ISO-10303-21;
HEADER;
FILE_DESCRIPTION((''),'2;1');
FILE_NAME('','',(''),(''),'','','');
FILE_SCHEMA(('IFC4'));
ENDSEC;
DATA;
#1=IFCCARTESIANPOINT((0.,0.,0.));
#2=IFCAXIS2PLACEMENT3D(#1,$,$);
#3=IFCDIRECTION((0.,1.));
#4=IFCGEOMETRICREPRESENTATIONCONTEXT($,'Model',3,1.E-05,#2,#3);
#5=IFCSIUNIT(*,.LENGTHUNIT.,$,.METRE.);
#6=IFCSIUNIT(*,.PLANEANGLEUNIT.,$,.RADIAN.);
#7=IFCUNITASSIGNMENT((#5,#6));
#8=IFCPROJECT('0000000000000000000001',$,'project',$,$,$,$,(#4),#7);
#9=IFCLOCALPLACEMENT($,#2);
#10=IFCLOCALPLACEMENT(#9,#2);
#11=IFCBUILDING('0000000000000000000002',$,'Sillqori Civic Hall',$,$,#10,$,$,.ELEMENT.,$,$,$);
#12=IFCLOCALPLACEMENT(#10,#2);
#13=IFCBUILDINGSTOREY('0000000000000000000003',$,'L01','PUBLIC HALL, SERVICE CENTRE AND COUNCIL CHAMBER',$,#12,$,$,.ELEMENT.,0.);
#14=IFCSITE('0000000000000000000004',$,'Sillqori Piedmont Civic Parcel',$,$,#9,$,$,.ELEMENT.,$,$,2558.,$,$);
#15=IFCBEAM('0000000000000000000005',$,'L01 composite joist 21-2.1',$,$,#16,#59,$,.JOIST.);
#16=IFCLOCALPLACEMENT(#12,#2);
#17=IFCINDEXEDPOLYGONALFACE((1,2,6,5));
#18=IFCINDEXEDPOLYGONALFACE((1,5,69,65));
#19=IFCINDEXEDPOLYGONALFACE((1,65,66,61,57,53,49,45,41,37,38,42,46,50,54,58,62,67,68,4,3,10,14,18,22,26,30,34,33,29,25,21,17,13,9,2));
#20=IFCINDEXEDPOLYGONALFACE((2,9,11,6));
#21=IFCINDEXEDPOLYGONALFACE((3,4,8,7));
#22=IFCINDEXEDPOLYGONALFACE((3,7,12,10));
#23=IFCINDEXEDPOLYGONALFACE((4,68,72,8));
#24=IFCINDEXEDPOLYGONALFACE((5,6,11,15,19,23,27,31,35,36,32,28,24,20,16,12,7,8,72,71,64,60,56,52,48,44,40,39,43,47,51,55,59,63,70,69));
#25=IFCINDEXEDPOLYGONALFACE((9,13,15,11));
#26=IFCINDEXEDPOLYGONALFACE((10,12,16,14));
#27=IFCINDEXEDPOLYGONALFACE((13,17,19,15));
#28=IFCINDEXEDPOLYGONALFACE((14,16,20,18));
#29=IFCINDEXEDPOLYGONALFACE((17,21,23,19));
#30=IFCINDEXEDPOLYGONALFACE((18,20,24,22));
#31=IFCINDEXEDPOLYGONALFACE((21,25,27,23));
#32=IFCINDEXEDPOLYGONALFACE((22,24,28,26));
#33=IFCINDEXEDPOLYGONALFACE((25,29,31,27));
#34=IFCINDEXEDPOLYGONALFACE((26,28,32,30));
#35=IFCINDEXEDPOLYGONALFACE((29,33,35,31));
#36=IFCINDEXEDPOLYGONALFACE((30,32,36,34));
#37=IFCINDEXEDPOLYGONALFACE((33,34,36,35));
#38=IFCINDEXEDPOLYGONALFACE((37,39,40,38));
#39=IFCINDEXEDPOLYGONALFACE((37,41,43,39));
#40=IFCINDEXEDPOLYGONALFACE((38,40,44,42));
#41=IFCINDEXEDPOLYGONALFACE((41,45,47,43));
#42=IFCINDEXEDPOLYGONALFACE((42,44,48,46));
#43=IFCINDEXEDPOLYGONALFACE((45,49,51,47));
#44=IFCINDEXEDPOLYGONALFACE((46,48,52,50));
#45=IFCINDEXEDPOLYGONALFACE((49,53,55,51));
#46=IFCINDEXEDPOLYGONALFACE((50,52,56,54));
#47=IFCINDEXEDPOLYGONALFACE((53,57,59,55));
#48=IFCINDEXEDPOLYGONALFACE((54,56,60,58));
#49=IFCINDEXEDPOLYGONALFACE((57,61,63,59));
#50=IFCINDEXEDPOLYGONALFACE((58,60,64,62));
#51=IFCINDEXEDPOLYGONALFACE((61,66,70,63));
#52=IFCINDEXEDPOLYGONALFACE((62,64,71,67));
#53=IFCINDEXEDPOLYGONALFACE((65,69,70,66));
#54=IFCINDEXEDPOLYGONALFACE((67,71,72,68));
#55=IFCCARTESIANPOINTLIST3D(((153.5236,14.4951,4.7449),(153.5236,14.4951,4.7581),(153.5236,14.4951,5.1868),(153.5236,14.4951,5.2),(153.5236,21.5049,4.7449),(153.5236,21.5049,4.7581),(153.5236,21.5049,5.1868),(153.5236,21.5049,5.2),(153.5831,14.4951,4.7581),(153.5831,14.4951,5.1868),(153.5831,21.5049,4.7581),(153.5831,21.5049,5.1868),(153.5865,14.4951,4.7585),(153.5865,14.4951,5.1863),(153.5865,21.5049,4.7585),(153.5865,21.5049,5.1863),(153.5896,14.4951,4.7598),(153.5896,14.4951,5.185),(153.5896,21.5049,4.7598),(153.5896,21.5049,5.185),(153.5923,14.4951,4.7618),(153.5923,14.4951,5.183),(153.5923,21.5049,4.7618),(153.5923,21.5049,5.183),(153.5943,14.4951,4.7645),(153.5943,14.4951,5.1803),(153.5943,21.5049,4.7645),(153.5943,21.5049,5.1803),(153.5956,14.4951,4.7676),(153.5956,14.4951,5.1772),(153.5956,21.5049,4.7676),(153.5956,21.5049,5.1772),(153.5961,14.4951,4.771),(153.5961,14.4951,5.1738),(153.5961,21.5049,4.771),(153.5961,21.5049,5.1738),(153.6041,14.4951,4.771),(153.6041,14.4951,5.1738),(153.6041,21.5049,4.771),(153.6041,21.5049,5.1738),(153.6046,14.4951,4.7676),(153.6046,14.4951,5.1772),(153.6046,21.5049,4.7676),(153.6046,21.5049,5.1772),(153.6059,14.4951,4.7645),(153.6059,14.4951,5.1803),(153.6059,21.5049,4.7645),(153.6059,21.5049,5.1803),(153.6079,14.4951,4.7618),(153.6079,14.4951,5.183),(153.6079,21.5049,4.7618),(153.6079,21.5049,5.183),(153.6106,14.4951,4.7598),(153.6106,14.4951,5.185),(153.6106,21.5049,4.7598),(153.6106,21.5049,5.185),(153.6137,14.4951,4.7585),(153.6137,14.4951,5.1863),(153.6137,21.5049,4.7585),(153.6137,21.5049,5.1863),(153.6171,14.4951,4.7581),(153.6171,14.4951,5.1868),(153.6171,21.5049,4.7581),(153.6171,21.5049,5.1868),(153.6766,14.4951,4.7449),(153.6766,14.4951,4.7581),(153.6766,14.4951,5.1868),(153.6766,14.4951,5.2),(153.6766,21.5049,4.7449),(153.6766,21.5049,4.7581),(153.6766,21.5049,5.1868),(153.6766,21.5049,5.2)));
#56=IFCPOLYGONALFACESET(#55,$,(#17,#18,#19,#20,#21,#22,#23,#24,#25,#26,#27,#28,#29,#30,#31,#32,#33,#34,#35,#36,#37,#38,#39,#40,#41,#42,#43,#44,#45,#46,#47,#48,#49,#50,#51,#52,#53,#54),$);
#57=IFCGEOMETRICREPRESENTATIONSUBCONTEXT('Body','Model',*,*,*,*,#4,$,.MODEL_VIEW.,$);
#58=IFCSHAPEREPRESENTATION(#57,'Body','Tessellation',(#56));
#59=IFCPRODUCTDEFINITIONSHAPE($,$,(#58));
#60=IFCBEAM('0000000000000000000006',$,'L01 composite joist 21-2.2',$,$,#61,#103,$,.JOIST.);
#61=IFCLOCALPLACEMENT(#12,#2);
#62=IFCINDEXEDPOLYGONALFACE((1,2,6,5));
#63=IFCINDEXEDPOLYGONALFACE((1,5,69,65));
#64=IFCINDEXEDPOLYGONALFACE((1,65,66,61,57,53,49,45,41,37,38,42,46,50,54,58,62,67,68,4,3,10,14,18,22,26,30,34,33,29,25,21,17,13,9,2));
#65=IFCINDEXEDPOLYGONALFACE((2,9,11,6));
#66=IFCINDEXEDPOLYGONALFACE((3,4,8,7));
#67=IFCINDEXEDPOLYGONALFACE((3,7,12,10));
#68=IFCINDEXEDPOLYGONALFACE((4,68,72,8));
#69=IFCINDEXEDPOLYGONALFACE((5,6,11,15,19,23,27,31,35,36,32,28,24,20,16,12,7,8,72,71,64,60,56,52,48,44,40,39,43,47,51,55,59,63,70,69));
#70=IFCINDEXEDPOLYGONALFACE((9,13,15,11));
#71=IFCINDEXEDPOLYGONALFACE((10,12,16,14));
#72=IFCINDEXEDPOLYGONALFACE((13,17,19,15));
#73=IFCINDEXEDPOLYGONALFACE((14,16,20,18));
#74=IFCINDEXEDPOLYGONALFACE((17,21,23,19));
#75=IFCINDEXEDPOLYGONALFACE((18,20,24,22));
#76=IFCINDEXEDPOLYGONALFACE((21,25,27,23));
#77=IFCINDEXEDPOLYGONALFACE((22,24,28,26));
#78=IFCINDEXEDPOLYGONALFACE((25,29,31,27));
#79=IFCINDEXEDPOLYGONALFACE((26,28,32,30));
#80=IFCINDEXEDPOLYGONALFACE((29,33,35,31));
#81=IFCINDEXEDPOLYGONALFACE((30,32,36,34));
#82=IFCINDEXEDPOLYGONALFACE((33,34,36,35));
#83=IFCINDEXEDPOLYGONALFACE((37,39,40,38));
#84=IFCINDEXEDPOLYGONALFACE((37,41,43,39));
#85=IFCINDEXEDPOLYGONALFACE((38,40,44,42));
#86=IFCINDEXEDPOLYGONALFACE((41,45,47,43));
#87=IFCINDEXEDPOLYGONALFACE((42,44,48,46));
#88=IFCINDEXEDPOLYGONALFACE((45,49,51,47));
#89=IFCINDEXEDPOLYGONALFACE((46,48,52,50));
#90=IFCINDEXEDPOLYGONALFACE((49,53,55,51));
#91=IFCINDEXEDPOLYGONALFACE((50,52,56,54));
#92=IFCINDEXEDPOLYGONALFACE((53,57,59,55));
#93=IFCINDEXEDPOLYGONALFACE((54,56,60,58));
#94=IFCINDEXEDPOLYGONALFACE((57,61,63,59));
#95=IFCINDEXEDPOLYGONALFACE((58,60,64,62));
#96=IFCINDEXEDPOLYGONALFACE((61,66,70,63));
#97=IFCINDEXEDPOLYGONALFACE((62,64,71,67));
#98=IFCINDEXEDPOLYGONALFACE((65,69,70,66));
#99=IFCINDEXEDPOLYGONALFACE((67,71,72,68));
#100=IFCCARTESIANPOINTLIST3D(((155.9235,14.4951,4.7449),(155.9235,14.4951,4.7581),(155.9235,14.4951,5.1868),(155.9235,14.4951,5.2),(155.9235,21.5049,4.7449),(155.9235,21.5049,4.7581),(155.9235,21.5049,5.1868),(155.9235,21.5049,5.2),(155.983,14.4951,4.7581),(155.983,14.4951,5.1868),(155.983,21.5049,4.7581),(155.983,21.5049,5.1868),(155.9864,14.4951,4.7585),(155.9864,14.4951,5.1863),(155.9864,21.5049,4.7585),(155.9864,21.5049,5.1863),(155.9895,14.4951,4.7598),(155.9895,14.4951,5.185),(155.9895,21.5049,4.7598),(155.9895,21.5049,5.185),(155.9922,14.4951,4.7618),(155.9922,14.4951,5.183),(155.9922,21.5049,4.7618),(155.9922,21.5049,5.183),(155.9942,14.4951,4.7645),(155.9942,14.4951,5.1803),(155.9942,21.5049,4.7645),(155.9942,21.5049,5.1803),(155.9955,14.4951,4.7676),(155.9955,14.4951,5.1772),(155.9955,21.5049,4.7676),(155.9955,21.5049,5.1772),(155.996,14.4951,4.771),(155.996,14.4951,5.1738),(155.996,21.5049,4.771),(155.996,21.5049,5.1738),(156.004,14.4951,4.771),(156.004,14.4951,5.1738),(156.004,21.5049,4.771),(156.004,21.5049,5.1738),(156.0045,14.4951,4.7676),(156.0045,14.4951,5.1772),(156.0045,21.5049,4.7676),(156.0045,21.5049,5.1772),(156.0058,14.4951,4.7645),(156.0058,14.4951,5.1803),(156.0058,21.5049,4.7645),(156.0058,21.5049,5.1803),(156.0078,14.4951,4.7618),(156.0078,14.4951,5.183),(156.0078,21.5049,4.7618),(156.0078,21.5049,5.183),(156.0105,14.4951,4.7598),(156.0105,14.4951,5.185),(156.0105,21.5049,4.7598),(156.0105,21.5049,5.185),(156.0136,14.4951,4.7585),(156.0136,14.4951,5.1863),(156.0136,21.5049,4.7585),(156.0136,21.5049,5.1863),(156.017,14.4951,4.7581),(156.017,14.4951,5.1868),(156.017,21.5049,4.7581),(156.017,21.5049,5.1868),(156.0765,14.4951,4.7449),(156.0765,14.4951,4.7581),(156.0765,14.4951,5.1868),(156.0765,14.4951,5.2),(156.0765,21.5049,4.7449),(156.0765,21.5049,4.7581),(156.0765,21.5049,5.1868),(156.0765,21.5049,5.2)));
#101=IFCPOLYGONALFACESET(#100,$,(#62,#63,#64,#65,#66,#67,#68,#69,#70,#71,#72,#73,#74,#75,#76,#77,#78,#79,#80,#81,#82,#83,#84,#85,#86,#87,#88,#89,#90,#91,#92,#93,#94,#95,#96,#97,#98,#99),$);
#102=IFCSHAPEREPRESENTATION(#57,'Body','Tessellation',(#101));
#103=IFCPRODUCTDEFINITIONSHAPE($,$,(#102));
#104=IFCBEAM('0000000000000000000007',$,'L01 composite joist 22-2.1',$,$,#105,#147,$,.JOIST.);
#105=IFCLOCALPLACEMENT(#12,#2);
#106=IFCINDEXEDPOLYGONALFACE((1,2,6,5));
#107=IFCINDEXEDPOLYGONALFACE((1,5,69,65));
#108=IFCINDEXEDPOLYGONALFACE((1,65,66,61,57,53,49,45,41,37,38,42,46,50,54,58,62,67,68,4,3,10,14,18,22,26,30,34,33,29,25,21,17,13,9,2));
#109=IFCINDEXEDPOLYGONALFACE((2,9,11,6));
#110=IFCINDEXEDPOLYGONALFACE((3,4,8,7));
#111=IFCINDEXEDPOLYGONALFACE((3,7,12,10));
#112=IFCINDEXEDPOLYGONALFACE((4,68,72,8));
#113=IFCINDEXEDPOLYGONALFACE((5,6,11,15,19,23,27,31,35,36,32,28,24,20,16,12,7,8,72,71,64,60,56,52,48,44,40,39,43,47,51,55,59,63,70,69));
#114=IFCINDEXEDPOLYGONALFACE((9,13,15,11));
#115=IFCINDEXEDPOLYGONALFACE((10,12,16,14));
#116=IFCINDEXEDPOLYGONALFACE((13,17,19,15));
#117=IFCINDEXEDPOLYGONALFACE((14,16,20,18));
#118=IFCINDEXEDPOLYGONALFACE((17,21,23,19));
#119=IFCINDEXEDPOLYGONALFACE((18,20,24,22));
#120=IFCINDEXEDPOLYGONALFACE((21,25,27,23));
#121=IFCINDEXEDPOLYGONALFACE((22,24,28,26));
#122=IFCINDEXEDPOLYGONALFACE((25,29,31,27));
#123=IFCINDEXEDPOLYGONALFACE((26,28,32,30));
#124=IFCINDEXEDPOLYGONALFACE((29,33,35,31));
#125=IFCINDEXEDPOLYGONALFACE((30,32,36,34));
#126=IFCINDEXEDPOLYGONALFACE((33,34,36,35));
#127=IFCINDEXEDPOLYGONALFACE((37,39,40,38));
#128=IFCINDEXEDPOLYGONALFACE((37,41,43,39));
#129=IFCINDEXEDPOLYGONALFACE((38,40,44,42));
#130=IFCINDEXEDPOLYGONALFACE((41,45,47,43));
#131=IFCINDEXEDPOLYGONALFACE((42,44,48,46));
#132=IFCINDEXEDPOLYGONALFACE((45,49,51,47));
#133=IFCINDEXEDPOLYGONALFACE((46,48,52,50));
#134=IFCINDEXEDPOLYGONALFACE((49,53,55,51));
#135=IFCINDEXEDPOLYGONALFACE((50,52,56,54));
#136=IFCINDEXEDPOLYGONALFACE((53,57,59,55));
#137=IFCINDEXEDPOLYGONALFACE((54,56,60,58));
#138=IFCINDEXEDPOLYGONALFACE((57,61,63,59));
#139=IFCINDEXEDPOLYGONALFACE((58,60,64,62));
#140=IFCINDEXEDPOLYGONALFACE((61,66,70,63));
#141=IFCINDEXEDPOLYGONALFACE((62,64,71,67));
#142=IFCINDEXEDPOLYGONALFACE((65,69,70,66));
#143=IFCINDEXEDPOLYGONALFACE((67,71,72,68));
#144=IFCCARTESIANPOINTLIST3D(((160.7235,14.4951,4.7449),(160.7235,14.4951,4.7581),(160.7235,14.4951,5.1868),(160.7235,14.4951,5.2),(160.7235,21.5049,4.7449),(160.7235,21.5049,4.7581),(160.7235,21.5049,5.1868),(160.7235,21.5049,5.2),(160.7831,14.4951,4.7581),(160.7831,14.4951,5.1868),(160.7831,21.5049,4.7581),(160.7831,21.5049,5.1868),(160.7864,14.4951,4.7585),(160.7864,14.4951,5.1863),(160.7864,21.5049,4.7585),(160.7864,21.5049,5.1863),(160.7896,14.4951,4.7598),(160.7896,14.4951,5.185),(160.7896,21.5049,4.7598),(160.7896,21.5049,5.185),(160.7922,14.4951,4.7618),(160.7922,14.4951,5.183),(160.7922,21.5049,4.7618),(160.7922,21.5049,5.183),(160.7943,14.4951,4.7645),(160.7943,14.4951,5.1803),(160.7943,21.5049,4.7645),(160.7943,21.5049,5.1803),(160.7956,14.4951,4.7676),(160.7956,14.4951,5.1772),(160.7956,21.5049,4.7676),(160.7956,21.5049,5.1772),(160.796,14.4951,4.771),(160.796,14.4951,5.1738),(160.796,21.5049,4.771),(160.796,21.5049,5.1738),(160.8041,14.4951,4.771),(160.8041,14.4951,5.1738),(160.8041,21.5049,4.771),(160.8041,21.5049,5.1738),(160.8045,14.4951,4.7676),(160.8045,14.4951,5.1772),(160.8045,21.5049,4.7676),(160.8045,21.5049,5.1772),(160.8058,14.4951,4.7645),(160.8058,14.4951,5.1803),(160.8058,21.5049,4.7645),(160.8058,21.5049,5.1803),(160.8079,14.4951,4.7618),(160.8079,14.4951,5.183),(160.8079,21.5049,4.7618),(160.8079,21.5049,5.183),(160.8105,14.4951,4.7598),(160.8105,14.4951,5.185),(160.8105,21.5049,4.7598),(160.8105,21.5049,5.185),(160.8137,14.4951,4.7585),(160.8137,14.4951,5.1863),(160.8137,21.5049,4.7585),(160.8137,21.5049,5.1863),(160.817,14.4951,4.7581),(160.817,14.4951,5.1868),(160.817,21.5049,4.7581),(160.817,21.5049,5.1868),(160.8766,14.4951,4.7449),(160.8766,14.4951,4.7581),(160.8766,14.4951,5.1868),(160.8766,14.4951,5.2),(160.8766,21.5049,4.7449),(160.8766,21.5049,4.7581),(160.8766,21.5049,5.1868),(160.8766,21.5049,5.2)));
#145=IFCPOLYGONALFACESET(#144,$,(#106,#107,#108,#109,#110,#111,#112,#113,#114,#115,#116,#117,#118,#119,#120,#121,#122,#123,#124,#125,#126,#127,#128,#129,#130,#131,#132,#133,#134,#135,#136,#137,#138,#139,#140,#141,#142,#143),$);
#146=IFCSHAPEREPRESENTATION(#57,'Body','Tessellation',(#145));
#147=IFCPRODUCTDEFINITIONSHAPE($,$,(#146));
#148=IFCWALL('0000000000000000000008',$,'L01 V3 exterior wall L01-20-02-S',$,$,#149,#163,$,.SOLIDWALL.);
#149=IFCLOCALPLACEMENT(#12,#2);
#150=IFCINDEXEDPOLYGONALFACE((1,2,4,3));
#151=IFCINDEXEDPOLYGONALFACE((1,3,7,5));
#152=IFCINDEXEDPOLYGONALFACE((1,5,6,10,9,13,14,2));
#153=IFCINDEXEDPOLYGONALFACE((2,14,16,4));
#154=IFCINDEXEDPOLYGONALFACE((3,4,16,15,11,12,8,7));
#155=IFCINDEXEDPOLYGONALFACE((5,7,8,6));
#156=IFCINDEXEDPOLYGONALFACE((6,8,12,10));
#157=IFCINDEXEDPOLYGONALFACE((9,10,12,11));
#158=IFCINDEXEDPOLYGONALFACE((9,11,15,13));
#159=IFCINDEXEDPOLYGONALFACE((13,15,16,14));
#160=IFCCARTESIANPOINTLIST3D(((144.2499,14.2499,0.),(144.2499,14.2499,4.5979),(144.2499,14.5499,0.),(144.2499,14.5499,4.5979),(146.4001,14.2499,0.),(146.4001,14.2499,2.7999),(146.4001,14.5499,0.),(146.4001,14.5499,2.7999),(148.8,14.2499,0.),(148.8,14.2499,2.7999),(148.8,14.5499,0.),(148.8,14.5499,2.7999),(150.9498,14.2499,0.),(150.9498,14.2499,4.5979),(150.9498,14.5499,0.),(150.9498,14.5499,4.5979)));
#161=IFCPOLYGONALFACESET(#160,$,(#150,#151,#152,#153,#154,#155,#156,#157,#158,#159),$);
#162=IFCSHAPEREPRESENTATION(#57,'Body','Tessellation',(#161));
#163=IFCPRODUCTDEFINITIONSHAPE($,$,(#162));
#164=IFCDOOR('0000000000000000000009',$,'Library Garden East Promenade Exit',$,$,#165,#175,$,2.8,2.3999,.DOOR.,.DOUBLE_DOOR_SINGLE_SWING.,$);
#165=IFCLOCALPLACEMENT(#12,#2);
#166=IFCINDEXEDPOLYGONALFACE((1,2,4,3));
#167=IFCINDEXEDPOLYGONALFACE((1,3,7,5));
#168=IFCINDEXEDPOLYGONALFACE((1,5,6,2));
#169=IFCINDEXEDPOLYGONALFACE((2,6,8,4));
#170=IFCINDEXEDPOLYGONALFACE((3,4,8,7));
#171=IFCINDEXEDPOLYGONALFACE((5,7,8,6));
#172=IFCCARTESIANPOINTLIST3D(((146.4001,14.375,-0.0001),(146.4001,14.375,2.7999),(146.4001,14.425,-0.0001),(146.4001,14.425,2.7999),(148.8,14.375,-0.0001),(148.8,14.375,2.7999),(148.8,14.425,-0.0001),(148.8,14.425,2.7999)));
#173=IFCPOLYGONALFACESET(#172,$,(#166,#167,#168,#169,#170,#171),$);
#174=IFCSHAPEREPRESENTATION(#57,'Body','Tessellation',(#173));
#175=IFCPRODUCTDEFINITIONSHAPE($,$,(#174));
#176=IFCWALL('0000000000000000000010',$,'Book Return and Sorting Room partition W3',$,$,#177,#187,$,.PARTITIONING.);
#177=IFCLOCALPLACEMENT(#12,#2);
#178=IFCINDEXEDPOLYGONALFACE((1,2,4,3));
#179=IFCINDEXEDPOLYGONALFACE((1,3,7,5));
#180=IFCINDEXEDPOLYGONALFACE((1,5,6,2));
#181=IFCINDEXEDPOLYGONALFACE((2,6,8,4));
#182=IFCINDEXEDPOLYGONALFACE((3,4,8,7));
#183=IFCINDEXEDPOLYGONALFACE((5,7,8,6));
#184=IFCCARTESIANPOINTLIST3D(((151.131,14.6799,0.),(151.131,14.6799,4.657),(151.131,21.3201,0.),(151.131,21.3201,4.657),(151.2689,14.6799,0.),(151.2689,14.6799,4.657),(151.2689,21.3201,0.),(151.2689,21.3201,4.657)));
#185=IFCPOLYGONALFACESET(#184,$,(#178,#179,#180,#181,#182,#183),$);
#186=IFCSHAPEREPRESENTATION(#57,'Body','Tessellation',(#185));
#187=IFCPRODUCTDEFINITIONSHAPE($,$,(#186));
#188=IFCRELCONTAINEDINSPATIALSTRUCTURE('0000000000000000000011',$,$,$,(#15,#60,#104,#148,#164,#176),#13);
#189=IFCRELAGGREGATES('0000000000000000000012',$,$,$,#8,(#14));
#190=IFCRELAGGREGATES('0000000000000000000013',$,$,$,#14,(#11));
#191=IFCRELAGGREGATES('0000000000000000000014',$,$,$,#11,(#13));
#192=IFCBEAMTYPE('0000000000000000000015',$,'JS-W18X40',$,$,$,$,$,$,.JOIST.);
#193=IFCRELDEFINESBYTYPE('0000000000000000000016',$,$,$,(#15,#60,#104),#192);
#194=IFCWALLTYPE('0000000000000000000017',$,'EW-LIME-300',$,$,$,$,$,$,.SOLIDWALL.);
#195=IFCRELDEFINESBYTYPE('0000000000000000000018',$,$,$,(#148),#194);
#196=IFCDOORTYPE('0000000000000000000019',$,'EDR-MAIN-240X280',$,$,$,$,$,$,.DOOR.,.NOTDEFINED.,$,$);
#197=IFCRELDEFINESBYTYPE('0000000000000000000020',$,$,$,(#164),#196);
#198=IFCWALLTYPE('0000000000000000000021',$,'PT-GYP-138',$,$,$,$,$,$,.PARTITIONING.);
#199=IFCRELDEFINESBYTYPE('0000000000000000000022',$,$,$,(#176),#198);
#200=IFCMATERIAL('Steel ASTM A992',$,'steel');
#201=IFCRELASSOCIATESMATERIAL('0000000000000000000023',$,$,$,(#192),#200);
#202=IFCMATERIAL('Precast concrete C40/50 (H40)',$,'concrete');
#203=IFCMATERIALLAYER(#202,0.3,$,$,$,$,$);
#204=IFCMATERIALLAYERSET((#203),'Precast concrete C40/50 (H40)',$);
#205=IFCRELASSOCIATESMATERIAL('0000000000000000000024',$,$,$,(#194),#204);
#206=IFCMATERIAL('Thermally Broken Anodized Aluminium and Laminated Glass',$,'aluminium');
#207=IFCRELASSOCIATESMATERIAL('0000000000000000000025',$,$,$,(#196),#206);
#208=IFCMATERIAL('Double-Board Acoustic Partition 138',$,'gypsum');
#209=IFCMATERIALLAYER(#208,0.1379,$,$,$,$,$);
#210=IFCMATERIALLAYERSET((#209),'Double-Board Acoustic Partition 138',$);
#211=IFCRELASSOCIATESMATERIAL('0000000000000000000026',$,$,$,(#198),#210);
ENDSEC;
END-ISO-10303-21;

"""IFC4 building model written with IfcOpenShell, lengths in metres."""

from ifc_helpers import new_model, si_unit, direction, frame, frame_2d, origin, origin_2d, place, context, subcontext, project, spatial, rectangle, i_section, extrude, material, layer, layer_set, material_profile, profile_set, type_object, element, fill, save


model = new_model("IFC4")

# Units and contexts
model_context = context("Model", 3, precision=1e-05, world=origin(), true_north=direction((0.0, 1.0)))
body_context = subcontext(model_context, "Body", "Model", "MODEL_VIEW")
ifc_project = project(units=[si_unit("LENGTHUNIT", "METRE"), si_unit("PLANEANGLEUNIT", "RADIAN")], contexts=[model_context])

# Site, building, storey
site_placement = place(None, origin())
site = spatial("IfcSite", under=ifc_project, at=site_placement, Name="Sillqori Piedmont Civic Parcel", CompositionType="ELEMENT", RefElevation=2558.0)
building_placement = place(site_placement, origin())
building = spatial("IfcBuilding", under=site, at=building_placement, Name="Sillqori Civic Hall", CompositionType="ELEMENT")
storey_placement = place(building_placement, origin())
storey = spatial("IfcBuildingStorey", under=building, at=storey_placement, Name="L01", Description="PUBLIC HALL, SERVICE CENTRE AND COUNCIL CHAMBER", CompositionType="ELEMENT", Elevation=0.0)

# Shared definitions
ifc_material_1 = material(Name="Steel ASTM A992", Category="steel")

# Beams
ifc_material_profile_1 = material_profile(ifc_material_1, i_section(OverallWidth=0.1531, OverallDepth=0.4551, WebThickness=0.0081, FlangeThickness=0.0132, FilletRadius=0.0129, at=origin_2d()), Name="W18X40")
ifc_profile_set_1 = profile_set([ifc_material_profile_1], Name="Steel ASTM A992")
beam_type_1 = type_object("IfcBeamType", Name="JS-W18X40", PredefinedType="JOIST", material=ifc_profile_set_1)
for number, where, z_axis, x_axis, name in (
    (1, (153.6001, 14.4951, 4.9724), (0.0, 1.0, 0.0), (-1.0, 0.0, 0.0), "L01 composite joist 21-2.1"),
    (2, (156.0, 14.4951, 4.9724), (0.0, 1.0, 0.0), (-1.0, 0.0, 0.0), "L01 composite joist 21-2.2"),
    (3, (160.8, 14.4951, 4.9724), (0.0, 1.0, 0.0), (-1.0, 0.0, 0.0), "L01 composite joist 22-2.1"),
):
    element("IfcBeam", number, at=place(storey_placement, frame(where, z_axis=z_axis, x_axis=x_axis)), inside=storey, type_object=beam_type_1, Name=name, PredefinedType="JOIST", context=body_context, shape_type="SweptSolid", body=[
        extrude(i_section(OverallWidth=0.1531, OverallDepth=0.4551, WebThickness=0.0081, FlangeThickness=0.0132, FilletRadius=0.0129, at=origin_2d()), origin(), (0.0, 0.0, 1.0), 7.0098),
    ])

# Wall, opening, door
ifc_material_2 = material(Name="Precast concrete C40/50 (H40)", Category="concrete")
ifc_layer_1 = layer(ifc_material_2, 0.3)
ifc_layer_set_1 = layer_set([ifc_layer_1], Name="Precast concrete C40/50 (H40)")
wall_type_1 = type_object("IfcWallType", Name="EW-LIME-300", PredefinedType="SOLIDWALL", material=ifc_layer_set_1)
wall_1_placement = place(storey_placement, frame((150.95, 14.3999, 0.0), z_axis=(0.0, 0.0, 1.0), x_axis=(-1.0, 0.0, 0.0)))
wall_1 = element("IfcWall", 4, at=wall_1_placement, inside=storey, type_object=wall_type_1, Name="L01 V3 exterior wall L01-20-02-S", PredefinedType="SOLIDWALL", context=body_context, shape_type="SweptSolid", body=[
    extrude(rectangle(XDim=6.7, YDim=0.3, at=frame_2d((3.3501, 0.0))), origin(), (0.0, 0.0, 1.0), 4.5979),
])
opening_1_placement = place(wall_1_placement, frame((2.1499, 0.0, 0.0)))
opening_1 = element("IfcOpeningElement", 5, at=opening_1_placement, cuts=wall_1, PredefinedType="OPENING", context=body_context, shape_type="SweptSolid", body=[
    extrude(rectangle(XDim=2.3999, YDim=2.8, at=frame_2d((1.2, 1.3999))), frame((0.0, 0.1599, 0.0), z_axis=(0.0, -1.0, 0.0), x_axis=(1.0, 0.0, 0.0)), (0.0, 0.0, 1.0), 0.3201),
])
ifc_material_3 = material(Name="Thermally Broken Anodized Aluminium and Laminated Glass", Category="aluminium")
door_type_1 = type_object("IfcDoorType", Name="EDR-MAIN-240X280", OperationType="NOTDEFINED", PredefinedType="DOOR", material=ifc_material_3)
door_1_placement = place(opening_1_placement, origin())
door_1 = element("IfcDoor", 6, at=door_1_placement, inside=storey, type_object=door_type_1, Name="Library Garden East Promenade Exit", OperationType="DOUBLE_DOOR_SINGLE_SWING", OverallHeight=2.8, OverallWidth=2.3999, PredefinedType="DOOR", context=body_context, shape_type="SweptSolid", body=[
    extrude(rectangle(XDim=2.3999, YDim=2.8, at=frame_2d((1.2, 1.3999))), frame((0.0, 0.0249, 0.0), z_axis=(0.0, -1.0, 0.0), x_axis=(1.0, 0.0, 0.0)), (0.0, 0.0, 1.0), 0.05),
])
fill(opening_1, door_1)

# Wall
ifc_material_4 = material(Name="Double-Board Acoustic Partition 138", Category="gypsum")
ifc_layer_2 = layer(ifc_material_4, 0.1379)
ifc_layer_set_2 = layer_set([ifc_layer_2], Name="Double-Board Acoustic Partition 138")
wall_type_2 = type_object("IfcWallType", Name="PT-GYP-138", PredefinedType="PARTITIONING", material=ifc_layer_set_2)
wall_2_placement = place(storey_placement, frame((151.2, 14.6799, 0.0), z_axis=(0.0, 0.0, 1.0), x_axis=(0.0, 1.0, 0.0)))
element("IfcWall", 7, at=wall_2_placement, inside=storey, type_object=wall_type_2, Name="Book Return and Sorting Room partition W3", PredefinedType="PARTITIONING", context=body_context, shape_type="SweptSolid", body=[
    extrude(rectangle(XDim=6.6401, YDim=0.1379, at=frame_2d((3.3201, 0.0))), origin(), (0.0, 0.0, 1.0), 4.657),
])

save(model, "model.ifc")
